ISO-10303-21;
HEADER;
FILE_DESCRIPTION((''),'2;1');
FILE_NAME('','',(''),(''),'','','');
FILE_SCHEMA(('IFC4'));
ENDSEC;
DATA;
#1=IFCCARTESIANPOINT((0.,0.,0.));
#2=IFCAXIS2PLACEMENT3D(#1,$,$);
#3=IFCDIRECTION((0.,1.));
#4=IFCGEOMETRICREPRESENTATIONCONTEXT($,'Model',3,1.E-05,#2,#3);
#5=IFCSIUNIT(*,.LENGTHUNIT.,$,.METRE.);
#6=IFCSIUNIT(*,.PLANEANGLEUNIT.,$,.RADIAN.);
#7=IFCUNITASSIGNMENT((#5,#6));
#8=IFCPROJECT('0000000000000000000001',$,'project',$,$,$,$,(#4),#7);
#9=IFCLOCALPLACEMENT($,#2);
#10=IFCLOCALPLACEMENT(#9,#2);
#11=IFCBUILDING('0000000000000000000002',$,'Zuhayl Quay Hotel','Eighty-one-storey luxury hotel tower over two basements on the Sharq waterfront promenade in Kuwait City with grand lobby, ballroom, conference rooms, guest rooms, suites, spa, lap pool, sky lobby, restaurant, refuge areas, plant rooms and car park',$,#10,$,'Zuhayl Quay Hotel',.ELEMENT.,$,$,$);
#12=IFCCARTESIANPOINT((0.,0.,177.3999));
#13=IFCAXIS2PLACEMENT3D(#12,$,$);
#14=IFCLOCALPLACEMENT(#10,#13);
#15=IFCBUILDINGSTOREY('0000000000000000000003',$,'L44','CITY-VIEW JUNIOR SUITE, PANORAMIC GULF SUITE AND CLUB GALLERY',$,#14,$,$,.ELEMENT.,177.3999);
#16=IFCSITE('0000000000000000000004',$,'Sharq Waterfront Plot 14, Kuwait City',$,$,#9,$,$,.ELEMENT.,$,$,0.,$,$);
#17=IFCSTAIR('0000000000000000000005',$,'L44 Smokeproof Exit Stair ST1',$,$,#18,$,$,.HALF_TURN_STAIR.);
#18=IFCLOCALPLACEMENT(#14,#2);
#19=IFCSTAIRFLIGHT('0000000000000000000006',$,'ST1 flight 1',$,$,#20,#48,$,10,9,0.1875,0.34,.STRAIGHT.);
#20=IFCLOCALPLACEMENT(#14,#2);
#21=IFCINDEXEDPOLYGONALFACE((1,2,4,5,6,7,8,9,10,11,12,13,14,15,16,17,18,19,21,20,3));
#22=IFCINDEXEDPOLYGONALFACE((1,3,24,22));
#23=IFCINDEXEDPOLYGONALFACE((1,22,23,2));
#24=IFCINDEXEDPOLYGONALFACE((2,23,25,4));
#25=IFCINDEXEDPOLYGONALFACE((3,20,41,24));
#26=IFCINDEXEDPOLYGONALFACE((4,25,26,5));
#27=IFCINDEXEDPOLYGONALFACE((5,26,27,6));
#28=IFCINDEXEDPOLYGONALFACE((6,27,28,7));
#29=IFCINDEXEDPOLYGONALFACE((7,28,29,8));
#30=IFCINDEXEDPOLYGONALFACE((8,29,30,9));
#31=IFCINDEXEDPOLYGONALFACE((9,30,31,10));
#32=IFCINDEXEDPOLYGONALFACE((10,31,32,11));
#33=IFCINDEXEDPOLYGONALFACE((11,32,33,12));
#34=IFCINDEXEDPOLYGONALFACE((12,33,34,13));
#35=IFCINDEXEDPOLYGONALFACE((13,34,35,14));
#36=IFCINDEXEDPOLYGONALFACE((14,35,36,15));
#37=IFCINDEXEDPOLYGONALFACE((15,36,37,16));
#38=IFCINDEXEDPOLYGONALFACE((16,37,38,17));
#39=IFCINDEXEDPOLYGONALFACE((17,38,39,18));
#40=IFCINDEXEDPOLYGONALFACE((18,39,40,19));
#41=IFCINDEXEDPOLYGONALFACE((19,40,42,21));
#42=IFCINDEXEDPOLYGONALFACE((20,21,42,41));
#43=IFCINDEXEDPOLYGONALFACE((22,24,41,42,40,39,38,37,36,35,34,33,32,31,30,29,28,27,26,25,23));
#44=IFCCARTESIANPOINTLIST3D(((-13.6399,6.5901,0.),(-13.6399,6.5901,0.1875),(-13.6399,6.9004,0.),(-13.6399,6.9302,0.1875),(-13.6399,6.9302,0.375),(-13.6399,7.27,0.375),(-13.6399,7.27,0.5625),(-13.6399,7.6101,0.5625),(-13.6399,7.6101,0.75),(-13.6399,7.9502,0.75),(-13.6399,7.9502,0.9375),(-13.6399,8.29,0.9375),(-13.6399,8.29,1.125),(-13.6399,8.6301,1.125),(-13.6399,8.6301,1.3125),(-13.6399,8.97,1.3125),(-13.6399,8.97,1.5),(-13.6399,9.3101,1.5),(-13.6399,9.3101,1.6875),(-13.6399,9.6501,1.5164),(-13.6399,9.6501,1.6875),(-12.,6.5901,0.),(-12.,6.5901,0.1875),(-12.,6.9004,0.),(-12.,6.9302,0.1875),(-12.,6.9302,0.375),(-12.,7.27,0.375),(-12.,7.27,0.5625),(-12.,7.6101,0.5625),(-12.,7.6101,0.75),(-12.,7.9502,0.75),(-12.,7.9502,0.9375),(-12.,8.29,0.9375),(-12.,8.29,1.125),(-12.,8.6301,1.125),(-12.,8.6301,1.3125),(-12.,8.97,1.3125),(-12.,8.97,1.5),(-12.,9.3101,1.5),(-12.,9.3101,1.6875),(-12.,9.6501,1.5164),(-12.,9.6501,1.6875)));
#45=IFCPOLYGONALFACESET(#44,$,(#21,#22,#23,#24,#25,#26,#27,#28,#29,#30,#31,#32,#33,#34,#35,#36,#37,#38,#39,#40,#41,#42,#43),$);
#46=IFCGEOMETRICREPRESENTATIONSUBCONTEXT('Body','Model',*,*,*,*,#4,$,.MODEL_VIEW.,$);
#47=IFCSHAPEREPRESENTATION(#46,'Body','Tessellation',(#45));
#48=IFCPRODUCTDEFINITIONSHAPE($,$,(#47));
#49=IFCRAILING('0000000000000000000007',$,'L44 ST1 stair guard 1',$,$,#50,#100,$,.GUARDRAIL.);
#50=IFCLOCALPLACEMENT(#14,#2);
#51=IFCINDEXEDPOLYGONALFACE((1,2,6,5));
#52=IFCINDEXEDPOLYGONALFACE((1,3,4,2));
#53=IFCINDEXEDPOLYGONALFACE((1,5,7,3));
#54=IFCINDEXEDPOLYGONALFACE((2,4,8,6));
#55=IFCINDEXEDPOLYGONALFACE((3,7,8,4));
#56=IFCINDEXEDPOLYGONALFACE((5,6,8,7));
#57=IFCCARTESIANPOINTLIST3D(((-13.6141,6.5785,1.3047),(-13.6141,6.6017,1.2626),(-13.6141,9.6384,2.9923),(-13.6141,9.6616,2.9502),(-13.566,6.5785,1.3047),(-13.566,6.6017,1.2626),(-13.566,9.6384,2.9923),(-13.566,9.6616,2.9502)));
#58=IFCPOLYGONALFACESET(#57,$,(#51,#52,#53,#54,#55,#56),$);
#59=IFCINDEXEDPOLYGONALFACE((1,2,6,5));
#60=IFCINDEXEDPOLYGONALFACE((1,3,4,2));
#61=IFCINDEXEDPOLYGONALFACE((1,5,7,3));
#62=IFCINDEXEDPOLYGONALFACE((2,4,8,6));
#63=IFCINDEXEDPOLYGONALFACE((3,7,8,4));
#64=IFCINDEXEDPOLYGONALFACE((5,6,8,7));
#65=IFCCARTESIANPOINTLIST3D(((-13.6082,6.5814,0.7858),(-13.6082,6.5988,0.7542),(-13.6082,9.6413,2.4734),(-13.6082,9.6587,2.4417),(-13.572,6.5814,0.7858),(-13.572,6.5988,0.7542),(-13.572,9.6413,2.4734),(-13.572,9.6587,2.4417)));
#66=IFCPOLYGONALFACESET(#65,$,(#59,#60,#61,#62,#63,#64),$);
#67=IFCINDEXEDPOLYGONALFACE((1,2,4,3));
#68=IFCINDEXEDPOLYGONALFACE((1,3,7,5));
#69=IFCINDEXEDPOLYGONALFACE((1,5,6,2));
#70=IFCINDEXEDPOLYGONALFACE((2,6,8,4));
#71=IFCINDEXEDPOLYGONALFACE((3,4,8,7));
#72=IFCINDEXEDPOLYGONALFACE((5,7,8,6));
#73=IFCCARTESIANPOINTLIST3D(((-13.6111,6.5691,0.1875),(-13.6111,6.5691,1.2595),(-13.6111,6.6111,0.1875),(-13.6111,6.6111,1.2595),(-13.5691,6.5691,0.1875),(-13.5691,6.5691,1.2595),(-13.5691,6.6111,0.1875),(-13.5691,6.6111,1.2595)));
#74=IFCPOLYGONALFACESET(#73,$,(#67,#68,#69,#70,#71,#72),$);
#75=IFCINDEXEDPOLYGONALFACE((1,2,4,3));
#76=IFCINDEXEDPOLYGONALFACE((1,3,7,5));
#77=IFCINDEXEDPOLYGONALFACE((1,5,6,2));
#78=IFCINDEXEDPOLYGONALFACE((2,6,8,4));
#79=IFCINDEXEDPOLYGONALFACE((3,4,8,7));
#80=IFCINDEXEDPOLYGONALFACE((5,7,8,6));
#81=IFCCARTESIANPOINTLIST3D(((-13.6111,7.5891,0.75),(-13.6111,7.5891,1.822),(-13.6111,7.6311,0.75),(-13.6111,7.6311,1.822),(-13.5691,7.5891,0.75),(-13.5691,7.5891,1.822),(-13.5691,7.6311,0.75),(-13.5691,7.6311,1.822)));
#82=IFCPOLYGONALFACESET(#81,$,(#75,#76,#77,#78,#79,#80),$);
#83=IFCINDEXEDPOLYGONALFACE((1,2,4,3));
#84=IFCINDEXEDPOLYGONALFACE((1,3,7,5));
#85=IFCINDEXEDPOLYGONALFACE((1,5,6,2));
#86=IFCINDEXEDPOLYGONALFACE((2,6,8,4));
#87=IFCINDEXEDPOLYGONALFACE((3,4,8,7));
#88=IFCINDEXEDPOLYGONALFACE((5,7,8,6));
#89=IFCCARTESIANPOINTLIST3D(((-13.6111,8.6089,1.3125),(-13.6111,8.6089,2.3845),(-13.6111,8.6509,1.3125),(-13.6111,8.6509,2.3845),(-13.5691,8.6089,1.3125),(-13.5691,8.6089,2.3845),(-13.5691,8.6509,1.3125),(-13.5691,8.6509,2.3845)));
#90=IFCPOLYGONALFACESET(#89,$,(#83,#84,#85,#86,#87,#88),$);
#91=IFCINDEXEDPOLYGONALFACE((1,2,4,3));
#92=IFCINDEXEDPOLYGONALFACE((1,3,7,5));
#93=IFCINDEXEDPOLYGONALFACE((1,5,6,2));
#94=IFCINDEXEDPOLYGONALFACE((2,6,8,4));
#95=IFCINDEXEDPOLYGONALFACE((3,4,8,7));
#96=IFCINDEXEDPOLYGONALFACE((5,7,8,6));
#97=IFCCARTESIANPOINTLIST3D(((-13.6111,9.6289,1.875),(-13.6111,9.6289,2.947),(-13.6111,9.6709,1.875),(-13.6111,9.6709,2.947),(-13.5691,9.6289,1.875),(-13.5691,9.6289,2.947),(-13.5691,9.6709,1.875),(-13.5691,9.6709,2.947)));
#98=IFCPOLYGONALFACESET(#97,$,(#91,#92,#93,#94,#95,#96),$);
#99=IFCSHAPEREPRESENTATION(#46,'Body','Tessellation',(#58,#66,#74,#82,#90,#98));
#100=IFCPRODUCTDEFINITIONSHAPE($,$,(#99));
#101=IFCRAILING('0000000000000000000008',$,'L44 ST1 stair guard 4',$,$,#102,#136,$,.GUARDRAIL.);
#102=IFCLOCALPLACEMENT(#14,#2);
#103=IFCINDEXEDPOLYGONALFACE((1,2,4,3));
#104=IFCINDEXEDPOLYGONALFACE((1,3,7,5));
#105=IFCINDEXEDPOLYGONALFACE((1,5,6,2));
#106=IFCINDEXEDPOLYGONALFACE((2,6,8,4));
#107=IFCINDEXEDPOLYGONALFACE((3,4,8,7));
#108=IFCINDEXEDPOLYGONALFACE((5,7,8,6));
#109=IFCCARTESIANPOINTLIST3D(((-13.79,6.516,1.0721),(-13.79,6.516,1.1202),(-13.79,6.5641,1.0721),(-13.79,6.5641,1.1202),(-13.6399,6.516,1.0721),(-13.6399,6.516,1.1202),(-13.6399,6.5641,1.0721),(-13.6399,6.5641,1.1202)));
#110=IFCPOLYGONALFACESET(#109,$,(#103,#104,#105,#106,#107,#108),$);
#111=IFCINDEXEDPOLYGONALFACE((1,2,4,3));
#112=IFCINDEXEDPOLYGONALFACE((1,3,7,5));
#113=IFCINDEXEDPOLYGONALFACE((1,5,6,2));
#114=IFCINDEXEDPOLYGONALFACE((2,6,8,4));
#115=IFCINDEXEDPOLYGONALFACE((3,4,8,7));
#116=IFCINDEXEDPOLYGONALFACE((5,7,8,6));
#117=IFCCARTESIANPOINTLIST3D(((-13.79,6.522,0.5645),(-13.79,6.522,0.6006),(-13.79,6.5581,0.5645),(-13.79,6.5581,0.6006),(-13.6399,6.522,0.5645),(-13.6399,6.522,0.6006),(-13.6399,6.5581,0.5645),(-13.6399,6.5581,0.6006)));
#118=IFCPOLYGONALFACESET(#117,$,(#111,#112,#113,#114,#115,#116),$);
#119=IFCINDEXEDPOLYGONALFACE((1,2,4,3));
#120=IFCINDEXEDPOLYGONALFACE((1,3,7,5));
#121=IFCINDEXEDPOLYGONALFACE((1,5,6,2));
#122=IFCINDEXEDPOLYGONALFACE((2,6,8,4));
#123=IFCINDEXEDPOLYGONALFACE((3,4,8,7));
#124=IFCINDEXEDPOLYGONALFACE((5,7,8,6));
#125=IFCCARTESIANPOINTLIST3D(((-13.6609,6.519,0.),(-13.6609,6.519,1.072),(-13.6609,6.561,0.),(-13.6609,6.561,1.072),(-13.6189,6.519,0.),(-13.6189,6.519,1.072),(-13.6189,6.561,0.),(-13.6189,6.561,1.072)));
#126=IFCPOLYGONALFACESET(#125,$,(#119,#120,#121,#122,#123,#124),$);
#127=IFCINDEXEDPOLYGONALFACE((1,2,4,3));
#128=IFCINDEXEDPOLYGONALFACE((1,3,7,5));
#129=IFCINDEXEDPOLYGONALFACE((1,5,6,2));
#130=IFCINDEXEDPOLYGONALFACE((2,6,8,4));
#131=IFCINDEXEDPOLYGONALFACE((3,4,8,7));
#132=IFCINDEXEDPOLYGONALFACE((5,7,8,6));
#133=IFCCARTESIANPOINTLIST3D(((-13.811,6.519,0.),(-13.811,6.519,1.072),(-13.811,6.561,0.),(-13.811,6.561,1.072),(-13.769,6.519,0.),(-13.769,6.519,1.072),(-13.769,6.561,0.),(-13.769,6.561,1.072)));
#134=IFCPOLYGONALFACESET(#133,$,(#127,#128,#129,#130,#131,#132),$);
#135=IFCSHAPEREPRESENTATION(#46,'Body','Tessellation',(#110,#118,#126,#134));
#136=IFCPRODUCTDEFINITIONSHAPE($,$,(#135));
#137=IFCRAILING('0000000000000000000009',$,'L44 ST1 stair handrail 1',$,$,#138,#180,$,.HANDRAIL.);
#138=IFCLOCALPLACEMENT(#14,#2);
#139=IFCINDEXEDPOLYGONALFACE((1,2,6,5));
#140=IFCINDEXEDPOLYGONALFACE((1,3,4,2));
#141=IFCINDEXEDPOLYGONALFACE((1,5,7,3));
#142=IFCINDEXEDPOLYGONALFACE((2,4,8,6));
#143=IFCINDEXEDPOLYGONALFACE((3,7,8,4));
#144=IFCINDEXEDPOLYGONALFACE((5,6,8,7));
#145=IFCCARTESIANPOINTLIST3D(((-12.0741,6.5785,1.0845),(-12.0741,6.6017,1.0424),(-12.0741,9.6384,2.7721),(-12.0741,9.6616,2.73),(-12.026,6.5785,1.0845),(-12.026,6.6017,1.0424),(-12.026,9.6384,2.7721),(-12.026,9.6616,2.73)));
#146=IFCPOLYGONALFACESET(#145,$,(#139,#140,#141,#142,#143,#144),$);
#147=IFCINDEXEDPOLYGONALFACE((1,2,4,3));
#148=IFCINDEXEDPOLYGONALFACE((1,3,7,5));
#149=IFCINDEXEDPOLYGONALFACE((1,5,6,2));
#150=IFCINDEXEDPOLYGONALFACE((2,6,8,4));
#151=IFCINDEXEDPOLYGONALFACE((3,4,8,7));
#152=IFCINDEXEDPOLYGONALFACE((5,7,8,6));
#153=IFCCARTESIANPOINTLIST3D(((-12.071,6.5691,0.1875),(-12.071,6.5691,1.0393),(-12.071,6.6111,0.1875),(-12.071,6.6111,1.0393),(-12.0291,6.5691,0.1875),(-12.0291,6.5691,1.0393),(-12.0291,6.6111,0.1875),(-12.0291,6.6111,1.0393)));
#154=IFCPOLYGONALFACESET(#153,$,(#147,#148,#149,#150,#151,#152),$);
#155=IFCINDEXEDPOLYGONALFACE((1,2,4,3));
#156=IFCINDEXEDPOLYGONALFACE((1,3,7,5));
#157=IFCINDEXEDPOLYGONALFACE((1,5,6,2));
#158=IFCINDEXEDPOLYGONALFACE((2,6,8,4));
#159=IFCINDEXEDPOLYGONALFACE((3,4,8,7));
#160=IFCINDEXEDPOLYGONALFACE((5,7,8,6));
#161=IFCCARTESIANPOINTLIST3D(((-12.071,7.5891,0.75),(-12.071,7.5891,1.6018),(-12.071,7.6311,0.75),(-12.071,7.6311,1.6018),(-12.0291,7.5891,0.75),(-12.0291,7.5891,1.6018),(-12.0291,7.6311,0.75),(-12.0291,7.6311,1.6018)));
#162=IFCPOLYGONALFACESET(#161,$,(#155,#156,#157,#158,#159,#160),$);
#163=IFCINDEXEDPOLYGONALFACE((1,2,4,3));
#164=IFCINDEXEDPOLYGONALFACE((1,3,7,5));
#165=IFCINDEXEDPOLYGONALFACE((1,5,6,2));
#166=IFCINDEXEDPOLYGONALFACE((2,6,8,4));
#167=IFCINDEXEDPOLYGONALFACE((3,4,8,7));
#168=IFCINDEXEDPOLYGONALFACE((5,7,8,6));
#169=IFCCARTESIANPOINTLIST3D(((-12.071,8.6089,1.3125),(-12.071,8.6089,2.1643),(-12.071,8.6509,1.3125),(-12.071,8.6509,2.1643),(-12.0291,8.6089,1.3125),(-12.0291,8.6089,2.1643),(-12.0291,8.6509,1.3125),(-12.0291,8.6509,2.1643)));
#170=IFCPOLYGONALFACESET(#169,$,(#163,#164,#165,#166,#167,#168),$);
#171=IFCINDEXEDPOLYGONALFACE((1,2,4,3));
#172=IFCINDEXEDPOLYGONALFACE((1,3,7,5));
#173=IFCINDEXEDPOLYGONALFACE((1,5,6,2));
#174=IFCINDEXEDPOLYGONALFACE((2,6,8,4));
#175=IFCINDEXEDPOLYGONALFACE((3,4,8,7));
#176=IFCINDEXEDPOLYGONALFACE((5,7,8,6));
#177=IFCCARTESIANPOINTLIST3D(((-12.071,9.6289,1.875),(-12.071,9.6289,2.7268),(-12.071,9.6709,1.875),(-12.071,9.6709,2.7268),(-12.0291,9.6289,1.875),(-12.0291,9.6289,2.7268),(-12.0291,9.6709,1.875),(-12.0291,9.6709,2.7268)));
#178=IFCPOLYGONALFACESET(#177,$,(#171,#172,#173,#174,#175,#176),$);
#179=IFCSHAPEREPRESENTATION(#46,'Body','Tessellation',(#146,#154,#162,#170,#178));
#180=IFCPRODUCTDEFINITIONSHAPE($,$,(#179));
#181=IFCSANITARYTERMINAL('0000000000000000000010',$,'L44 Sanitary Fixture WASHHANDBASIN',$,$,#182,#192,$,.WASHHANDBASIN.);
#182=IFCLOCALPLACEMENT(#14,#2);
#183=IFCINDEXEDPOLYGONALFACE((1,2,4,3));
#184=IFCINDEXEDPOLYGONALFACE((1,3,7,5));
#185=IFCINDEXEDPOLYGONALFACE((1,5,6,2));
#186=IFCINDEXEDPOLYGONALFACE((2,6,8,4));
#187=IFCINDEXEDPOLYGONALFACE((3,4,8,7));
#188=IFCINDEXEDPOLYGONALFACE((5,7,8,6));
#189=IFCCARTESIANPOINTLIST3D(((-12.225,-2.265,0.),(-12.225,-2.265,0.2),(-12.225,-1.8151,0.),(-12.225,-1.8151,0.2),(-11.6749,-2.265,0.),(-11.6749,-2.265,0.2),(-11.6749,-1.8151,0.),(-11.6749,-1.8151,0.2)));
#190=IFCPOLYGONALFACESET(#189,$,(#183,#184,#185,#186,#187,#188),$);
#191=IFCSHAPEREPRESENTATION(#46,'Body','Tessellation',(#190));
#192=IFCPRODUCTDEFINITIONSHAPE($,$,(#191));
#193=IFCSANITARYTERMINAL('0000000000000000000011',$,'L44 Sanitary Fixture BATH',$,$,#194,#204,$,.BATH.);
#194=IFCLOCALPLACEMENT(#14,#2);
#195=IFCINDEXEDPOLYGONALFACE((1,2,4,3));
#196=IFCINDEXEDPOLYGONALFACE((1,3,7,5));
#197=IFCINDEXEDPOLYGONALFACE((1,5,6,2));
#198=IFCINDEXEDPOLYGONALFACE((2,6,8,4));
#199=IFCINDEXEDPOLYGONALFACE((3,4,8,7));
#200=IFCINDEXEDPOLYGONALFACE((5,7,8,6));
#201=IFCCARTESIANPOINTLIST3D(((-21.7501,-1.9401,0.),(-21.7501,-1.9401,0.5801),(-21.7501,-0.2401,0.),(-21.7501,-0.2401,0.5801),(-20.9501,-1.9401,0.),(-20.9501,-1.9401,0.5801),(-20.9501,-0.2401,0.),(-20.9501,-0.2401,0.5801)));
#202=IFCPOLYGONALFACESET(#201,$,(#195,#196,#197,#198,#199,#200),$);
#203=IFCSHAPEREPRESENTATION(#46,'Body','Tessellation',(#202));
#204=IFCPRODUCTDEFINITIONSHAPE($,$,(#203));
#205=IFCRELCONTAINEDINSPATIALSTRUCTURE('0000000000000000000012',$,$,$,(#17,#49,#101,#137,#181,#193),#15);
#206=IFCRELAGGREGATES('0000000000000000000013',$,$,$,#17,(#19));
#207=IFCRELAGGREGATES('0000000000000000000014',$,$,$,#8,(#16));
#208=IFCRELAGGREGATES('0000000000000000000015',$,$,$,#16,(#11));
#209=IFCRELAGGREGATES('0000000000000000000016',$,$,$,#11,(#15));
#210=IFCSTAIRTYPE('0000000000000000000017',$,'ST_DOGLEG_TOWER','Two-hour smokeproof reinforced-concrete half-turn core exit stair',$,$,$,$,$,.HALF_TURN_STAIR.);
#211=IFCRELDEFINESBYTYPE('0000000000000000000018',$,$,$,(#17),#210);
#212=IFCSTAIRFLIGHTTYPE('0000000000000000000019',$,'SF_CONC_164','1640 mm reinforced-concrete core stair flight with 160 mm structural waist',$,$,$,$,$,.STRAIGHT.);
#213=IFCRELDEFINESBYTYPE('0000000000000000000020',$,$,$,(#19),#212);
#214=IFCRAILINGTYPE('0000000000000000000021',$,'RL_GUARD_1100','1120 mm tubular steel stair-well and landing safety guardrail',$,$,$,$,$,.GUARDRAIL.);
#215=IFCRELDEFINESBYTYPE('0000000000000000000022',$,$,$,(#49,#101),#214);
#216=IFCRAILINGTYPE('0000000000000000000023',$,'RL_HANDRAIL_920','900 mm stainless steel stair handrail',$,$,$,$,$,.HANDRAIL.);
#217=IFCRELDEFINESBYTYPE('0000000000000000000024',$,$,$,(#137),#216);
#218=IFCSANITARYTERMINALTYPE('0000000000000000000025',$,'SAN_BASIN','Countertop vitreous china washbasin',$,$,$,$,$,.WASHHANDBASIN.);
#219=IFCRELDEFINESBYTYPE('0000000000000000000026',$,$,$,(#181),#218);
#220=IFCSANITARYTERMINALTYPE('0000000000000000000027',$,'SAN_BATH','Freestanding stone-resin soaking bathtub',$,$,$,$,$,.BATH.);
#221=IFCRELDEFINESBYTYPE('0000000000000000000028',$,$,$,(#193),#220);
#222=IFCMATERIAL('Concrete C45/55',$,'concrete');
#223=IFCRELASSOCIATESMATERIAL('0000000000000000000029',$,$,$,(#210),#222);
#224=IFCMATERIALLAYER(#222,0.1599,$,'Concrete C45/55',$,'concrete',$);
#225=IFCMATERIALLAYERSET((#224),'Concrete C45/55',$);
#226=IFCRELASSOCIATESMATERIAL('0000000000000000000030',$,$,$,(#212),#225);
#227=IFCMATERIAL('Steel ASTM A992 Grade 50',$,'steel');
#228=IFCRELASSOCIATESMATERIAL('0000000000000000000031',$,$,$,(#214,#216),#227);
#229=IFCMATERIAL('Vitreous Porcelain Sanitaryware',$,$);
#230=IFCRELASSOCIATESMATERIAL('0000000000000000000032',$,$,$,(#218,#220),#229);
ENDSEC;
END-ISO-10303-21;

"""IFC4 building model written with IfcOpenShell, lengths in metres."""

from ifc_helpers import new_model, si_unit, direction, frame, origin, origin_2d, place, context, subcontext, project, spatial, polyline, rectangle, outline, extrude, material, layer, layer_set, type_object, element, aggregate, save


model = new_model("IFC4")

# Units and contexts
model_context = context("Model", 3, precision=1e-05, world=origin(), true_north=direction((0.0, 1.0)))
body_context = subcontext(model_context, "Body", "Model", "MODEL_VIEW")
ifc_project = project(units=[si_unit("LENGTHUNIT", "METRE"), si_unit("PLANEANGLEUNIT", "RADIAN")], contexts=[model_context])

# Site, building, storey
site_placement = place(None, origin())
site = spatial("IfcSite", under=ifc_project, at=site_placement, Name="Sharq Waterfront Plot 14, Kuwait City", CompositionType="ELEMENT", RefElevation=0.0)
building_placement = place(site_placement, origin())
building = spatial("IfcBuilding", under=site, at=building_placement, Name="Zuhayl Quay Hotel", Description="Eighty-one-storey luxury hotel tower over two basements on the Sharq waterfront promenade in Kuwait City with grand lobby, ballroom, conference rooms, guest rooms, suites, spa, lap pool, sky lobby, restaurant, refuge areas, plant rooms and car park", LongName="Zuhayl Quay Hotel", CompositionType="ELEMENT")
storey_placement = place(building_placement, frame((0.0, 0.0, 177.3999)))
storey = spatial("IfcBuildingStorey", under=building, at=storey_placement, Name="L44", Description="CITY-VIEW JUNIOR SUITE, PANORAMIC GULF SUITE AND CLUB GALLERY", CompositionType="ELEMENT", Elevation=177.3999)

# Shared definitions
ifc_material_1 = material(Name="Steel ASTM A992 Grade 50", Category="steel")

# Stair, stair flight
ifc_material_2 = material(Name="Concrete C45/55", Category="concrete")
stair_type = type_object("IfcStairType", Name="ST_DOGLEG_TOWER", Description="Two-hour smokeproof reinforced-concrete half-turn core exit stair", PredefinedType="HALF_TURN_STAIR", material=ifc_material_2)
stair_placement = place(storey_placement, origin())
stair = element("IfcStair", 1, at=stair_placement, inside=storey, type_object=stair_type, Name="L44 Smokeproof Exit Stair ST1", PredefinedType="HALF_TURN_STAIR")
ifc_layer_1 = layer(ifc_material_2, 0.1599, Name="Concrete C45/55", Category="concrete")
ifc_layer_set_1 = layer_set([ifc_layer_1], Name="Concrete C45/55")
stair_flight_type = type_object("IfcStairFlightType", Name="SF_CONC_164", Description="1640 mm reinforced-concrete core stair flight with 160 mm structural waist", PredefinedType="STRAIGHT", material=ifc_layer_set_1)
stair_flight_placement = place(storey_placement, frame((-12.8201, 6.5901, 0.0), z_axis=(0.0, 0.0, 1.0), x_axis=(0.0, 1.0, 0.0)))
stair_flight = element("IfcStairFlight", 2, at=stair_flight_placement, type_object=stair_flight_type, Name="ST1 flight 1", NumberOfRisers=10, NumberOfTreads=9, PredefinedType="STRAIGHT", RiserHeight=0.1875, TreadLength=0.34, context=body_context, shape_type="SweptSolid", body=[
    extrude(outline(polyline([(0.0, 0.0), (0.0, 0.1875), (0.3401, 0.1875), (0.3401, 0.375), (0.6799, 0.375), (0.6799, 0.5625), (1.02, 0.5625), (1.02, 0.75), (1.3601, 0.75), (1.3601, 0.9375), (1.7, 0.9375), (1.7, 1.125), (2.04, 1.125), (2.04, 1.3125), (2.3799, 1.3125), (2.3799, 1.5), (2.72, 1.5), (2.72, 1.6875), (3.0601, 1.6875), (3.0601, 1.875), (3.0601, 1.5164), (0.3103, 0.0), (0.0, 0.0)])), frame((0.0, 0.8198, 0.0), z_axis=(0.0, -1.0, 0.0), x_axis=(1.0, 0.0, 0.0)), (0.0, 0.0, 1.0), 1.6399),
])
aggregate(stair, [stair_flight])

# Railings
railing_type_1 = type_object("IfcRailingType", Name="RL_GUARD_1100", Description="1120 mm tubular steel stair-well and landing safety guardrail", PredefinedType="GUARDRAIL", material=ifc_material_1)
railing_1_placement = place(storey_placement, frame((-13.5901, 6.5901, 0.1875)))
element("IfcRailing", 3, at=railing_1_placement, inside=storey, type_object=railing_type_1, Name="L44 ST1 stair guard 1", PredefinedType="GUARDRAIL", context=body_context, shape_type="SweptSolid", body=[
    extrude(rectangle(XDim=0.0481, YDim=0.0481, at=origin_2d()), frame((0.0, 0.0, 1.0962), z_axis=(0.0, 0.875659, 0.48293), x_axis=(-1.0, 0.0, 0.0)), (0.0, 0.0, 1.0), 3.4944),
    extrude(rectangle(XDim=0.0361, YDim=0.0361, at=origin_2d()), frame((0.0, 0.0, 0.5825), z_axis=(0.0, 0.875659, 0.48293), x_axis=(-1.0, 0.0, 0.0)), (0.0, 0.0, 1.0), 3.4944),
    extrude(rectangle(XDim=0.042, YDim=0.042, at=origin_2d()), origin(), (0.0, 0.0, 1.0), 1.072),
    extrude(rectangle(XDim=0.042, YDim=0.042, at=origin_2d()), frame((0.0, 1.02, 0.5625)), (0.0, 0.0, 1.0), 1.072),
    extrude(rectangle(XDim=0.042, YDim=0.042, at=origin_2d()), frame((0.0, 2.0398, 1.125)), (0.0, 0.0, 1.0), 1.072),
    extrude(rectangle(XDim=0.042, YDim=0.042, at=origin_2d()), frame((0.0, 3.0598, 1.6875)), (0.0, 0.0, 1.0), 1.072),
])
railing_2_placement = place(storey_placement, frame((-13.6399, 6.54, 0.0)))
element("IfcRailing", 4, at=railing_2_placement, inside=storey, type_object=railing_type_1, Name="L44 ST1 stair guard 4", PredefinedType="GUARDRAIL", context=body_context, shape_type="SweptSolid", body=[
    extrude(rectangle(XDim=0.0481, YDim=0.0481, at=origin_2d()), frame((0.0, 0.0, 1.0962), z_axis=(-1.0, 0.0, 0.0), x_axis=(0.0, -1.0, 0.0)), (0.0, 0.0, 1.0), 0.1501),
    extrude(rectangle(XDim=0.0361, YDim=0.0361, at=origin_2d()), frame((0.0, 0.0, 0.5825), z_axis=(-1.0, 0.0, 0.0), x_axis=(0.0, -1.0, 0.0)), (0.0, 0.0, 1.0), 0.1501),
    extrude(rectangle(XDim=0.042, YDim=0.042, at=origin_2d()), origin(), (0.0, 0.0, 1.0), 1.072),
    extrude(rectangle(XDim=0.042, YDim=0.042, at=origin_2d()), frame((-0.1501, 0.0, 0.0)), (0.0, 0.0, 1.0), 1.072),
])
railing_type_2 = type_object("IfcRailingType", Name="RL_HANDRAIL_920", Description="900 mm stainless steel stair handrail", PredefinedType="HANDRAIL", material=ifc_material_1)
railing_3_placement = place(storey_placement, frame((-12.05, 6.5901, 0.1875)))
element("IfcRailing", 5, at=railing_3_placement, inside=storey, type_object=railing_type_2, Name="L44 ST1 stair handrail 1", PredefinedType="HANDRAIL", context=body_context, shape_type="SweptSolid", body=[
    extrude(rectangle(XDim=0.0481, YDim=0.0481, at=origin_2d()), frame((0.0, 0.0, 0.876), z_axis=(0.0, 0.875659, 0.48293), x_axis=(-1.0, 0.0, 0.0)), (0.0, 0.0, 1.0), 3.4944),
    extrude(rectangle(XDim=0.042, YDim=0.042, at=origin_2d()), origin(), (0.0, 0.0, 1.0), 0.8518),
    extrude(rectangle(XDim=0.042, YDim=0.042, at=origin_2d()), frame((0.0, 1.02, 0.5625)), (0.0, 0.0, 1.0), 0.8518),
    extrude(rectangle(XDim=0.042, YDim=0.042, at=origin_2d()), frame((0.0, 2.0398, 1.125)), (0.0, 0.0, 1.0), 0.8518),
    extrude(rectangle(XDim=0.042, YDim=0.042, at=origin_2d()), frame((0.0, 3.0598, 1.6875)), (0.0, 0.0, 1.0), 0.8518),
])

# Sanitary terminals
ifc_material_3 = material(Name="Vitreous Porcelain Sanitaryware")
sanitary_terminal_type_1 = type_object("IfcSanitaryTerminalType", Name="SAN_BASIN", Description="Countertop vitreous china washbasin", PredefinedType="WASHHANDBASIN", material=ifc_material_3)
sanitary_terminal_placement = place(storey_placement, frame((-11.95, -2.04, 0.0), z_axis=(0.0, 0.0, 1.0), x_axis=(1.0, 0.0, 0.0)))
element("IfcSanitaryTerminal", 6, at=sanitary_terminal_placement, inside=storey, type_object=sanitary_terminal_type_1, Name="L44 Sanitary Fixture WASHHANDBASIN", PredefinedType="WASHHANDBASIN", context=body_context, shape_type="SweptSolid", body=[
    extrude(rectangle(XDim=0.55, YDim=0.45, at=origin_2d()), origin(), (0.0, 0.0, 1.0), 0.2),
])
sanitary_terminal_type_2 = type_object("IfcSanitaryTerminalType", Name="SAN_BATH", Description="Freestanding stone-resin soaking bathtub", PredefinedType="BATH", material=ifc_material_3)
for number, where, z_axis, x_axis, name in (
    (7, (-21.3501, -1.0901, 0.0), (0.0, 0.0, 1.0), (1.0, 0.0, 0.0), "L44 Sanitary Fixture BATH"),
):
    element("IfcSanitaryTerminal", number, at=place(storey_placement, frame(where, z_axis=z_axis, x_axis=x_axis)), inside=storey, type_object=sanitary_terminal_type_2, Name=name, PredefinedType="BATH", context=body_context, shape_type="SweptSolid", body=[
        extrude(rectangle(XDim=0.8, YDim=1.7, at=origin_2d()), origin(), (0.0, 0.0, 1.0), 0.5801),
    ])

save(model, "model.ifc")
